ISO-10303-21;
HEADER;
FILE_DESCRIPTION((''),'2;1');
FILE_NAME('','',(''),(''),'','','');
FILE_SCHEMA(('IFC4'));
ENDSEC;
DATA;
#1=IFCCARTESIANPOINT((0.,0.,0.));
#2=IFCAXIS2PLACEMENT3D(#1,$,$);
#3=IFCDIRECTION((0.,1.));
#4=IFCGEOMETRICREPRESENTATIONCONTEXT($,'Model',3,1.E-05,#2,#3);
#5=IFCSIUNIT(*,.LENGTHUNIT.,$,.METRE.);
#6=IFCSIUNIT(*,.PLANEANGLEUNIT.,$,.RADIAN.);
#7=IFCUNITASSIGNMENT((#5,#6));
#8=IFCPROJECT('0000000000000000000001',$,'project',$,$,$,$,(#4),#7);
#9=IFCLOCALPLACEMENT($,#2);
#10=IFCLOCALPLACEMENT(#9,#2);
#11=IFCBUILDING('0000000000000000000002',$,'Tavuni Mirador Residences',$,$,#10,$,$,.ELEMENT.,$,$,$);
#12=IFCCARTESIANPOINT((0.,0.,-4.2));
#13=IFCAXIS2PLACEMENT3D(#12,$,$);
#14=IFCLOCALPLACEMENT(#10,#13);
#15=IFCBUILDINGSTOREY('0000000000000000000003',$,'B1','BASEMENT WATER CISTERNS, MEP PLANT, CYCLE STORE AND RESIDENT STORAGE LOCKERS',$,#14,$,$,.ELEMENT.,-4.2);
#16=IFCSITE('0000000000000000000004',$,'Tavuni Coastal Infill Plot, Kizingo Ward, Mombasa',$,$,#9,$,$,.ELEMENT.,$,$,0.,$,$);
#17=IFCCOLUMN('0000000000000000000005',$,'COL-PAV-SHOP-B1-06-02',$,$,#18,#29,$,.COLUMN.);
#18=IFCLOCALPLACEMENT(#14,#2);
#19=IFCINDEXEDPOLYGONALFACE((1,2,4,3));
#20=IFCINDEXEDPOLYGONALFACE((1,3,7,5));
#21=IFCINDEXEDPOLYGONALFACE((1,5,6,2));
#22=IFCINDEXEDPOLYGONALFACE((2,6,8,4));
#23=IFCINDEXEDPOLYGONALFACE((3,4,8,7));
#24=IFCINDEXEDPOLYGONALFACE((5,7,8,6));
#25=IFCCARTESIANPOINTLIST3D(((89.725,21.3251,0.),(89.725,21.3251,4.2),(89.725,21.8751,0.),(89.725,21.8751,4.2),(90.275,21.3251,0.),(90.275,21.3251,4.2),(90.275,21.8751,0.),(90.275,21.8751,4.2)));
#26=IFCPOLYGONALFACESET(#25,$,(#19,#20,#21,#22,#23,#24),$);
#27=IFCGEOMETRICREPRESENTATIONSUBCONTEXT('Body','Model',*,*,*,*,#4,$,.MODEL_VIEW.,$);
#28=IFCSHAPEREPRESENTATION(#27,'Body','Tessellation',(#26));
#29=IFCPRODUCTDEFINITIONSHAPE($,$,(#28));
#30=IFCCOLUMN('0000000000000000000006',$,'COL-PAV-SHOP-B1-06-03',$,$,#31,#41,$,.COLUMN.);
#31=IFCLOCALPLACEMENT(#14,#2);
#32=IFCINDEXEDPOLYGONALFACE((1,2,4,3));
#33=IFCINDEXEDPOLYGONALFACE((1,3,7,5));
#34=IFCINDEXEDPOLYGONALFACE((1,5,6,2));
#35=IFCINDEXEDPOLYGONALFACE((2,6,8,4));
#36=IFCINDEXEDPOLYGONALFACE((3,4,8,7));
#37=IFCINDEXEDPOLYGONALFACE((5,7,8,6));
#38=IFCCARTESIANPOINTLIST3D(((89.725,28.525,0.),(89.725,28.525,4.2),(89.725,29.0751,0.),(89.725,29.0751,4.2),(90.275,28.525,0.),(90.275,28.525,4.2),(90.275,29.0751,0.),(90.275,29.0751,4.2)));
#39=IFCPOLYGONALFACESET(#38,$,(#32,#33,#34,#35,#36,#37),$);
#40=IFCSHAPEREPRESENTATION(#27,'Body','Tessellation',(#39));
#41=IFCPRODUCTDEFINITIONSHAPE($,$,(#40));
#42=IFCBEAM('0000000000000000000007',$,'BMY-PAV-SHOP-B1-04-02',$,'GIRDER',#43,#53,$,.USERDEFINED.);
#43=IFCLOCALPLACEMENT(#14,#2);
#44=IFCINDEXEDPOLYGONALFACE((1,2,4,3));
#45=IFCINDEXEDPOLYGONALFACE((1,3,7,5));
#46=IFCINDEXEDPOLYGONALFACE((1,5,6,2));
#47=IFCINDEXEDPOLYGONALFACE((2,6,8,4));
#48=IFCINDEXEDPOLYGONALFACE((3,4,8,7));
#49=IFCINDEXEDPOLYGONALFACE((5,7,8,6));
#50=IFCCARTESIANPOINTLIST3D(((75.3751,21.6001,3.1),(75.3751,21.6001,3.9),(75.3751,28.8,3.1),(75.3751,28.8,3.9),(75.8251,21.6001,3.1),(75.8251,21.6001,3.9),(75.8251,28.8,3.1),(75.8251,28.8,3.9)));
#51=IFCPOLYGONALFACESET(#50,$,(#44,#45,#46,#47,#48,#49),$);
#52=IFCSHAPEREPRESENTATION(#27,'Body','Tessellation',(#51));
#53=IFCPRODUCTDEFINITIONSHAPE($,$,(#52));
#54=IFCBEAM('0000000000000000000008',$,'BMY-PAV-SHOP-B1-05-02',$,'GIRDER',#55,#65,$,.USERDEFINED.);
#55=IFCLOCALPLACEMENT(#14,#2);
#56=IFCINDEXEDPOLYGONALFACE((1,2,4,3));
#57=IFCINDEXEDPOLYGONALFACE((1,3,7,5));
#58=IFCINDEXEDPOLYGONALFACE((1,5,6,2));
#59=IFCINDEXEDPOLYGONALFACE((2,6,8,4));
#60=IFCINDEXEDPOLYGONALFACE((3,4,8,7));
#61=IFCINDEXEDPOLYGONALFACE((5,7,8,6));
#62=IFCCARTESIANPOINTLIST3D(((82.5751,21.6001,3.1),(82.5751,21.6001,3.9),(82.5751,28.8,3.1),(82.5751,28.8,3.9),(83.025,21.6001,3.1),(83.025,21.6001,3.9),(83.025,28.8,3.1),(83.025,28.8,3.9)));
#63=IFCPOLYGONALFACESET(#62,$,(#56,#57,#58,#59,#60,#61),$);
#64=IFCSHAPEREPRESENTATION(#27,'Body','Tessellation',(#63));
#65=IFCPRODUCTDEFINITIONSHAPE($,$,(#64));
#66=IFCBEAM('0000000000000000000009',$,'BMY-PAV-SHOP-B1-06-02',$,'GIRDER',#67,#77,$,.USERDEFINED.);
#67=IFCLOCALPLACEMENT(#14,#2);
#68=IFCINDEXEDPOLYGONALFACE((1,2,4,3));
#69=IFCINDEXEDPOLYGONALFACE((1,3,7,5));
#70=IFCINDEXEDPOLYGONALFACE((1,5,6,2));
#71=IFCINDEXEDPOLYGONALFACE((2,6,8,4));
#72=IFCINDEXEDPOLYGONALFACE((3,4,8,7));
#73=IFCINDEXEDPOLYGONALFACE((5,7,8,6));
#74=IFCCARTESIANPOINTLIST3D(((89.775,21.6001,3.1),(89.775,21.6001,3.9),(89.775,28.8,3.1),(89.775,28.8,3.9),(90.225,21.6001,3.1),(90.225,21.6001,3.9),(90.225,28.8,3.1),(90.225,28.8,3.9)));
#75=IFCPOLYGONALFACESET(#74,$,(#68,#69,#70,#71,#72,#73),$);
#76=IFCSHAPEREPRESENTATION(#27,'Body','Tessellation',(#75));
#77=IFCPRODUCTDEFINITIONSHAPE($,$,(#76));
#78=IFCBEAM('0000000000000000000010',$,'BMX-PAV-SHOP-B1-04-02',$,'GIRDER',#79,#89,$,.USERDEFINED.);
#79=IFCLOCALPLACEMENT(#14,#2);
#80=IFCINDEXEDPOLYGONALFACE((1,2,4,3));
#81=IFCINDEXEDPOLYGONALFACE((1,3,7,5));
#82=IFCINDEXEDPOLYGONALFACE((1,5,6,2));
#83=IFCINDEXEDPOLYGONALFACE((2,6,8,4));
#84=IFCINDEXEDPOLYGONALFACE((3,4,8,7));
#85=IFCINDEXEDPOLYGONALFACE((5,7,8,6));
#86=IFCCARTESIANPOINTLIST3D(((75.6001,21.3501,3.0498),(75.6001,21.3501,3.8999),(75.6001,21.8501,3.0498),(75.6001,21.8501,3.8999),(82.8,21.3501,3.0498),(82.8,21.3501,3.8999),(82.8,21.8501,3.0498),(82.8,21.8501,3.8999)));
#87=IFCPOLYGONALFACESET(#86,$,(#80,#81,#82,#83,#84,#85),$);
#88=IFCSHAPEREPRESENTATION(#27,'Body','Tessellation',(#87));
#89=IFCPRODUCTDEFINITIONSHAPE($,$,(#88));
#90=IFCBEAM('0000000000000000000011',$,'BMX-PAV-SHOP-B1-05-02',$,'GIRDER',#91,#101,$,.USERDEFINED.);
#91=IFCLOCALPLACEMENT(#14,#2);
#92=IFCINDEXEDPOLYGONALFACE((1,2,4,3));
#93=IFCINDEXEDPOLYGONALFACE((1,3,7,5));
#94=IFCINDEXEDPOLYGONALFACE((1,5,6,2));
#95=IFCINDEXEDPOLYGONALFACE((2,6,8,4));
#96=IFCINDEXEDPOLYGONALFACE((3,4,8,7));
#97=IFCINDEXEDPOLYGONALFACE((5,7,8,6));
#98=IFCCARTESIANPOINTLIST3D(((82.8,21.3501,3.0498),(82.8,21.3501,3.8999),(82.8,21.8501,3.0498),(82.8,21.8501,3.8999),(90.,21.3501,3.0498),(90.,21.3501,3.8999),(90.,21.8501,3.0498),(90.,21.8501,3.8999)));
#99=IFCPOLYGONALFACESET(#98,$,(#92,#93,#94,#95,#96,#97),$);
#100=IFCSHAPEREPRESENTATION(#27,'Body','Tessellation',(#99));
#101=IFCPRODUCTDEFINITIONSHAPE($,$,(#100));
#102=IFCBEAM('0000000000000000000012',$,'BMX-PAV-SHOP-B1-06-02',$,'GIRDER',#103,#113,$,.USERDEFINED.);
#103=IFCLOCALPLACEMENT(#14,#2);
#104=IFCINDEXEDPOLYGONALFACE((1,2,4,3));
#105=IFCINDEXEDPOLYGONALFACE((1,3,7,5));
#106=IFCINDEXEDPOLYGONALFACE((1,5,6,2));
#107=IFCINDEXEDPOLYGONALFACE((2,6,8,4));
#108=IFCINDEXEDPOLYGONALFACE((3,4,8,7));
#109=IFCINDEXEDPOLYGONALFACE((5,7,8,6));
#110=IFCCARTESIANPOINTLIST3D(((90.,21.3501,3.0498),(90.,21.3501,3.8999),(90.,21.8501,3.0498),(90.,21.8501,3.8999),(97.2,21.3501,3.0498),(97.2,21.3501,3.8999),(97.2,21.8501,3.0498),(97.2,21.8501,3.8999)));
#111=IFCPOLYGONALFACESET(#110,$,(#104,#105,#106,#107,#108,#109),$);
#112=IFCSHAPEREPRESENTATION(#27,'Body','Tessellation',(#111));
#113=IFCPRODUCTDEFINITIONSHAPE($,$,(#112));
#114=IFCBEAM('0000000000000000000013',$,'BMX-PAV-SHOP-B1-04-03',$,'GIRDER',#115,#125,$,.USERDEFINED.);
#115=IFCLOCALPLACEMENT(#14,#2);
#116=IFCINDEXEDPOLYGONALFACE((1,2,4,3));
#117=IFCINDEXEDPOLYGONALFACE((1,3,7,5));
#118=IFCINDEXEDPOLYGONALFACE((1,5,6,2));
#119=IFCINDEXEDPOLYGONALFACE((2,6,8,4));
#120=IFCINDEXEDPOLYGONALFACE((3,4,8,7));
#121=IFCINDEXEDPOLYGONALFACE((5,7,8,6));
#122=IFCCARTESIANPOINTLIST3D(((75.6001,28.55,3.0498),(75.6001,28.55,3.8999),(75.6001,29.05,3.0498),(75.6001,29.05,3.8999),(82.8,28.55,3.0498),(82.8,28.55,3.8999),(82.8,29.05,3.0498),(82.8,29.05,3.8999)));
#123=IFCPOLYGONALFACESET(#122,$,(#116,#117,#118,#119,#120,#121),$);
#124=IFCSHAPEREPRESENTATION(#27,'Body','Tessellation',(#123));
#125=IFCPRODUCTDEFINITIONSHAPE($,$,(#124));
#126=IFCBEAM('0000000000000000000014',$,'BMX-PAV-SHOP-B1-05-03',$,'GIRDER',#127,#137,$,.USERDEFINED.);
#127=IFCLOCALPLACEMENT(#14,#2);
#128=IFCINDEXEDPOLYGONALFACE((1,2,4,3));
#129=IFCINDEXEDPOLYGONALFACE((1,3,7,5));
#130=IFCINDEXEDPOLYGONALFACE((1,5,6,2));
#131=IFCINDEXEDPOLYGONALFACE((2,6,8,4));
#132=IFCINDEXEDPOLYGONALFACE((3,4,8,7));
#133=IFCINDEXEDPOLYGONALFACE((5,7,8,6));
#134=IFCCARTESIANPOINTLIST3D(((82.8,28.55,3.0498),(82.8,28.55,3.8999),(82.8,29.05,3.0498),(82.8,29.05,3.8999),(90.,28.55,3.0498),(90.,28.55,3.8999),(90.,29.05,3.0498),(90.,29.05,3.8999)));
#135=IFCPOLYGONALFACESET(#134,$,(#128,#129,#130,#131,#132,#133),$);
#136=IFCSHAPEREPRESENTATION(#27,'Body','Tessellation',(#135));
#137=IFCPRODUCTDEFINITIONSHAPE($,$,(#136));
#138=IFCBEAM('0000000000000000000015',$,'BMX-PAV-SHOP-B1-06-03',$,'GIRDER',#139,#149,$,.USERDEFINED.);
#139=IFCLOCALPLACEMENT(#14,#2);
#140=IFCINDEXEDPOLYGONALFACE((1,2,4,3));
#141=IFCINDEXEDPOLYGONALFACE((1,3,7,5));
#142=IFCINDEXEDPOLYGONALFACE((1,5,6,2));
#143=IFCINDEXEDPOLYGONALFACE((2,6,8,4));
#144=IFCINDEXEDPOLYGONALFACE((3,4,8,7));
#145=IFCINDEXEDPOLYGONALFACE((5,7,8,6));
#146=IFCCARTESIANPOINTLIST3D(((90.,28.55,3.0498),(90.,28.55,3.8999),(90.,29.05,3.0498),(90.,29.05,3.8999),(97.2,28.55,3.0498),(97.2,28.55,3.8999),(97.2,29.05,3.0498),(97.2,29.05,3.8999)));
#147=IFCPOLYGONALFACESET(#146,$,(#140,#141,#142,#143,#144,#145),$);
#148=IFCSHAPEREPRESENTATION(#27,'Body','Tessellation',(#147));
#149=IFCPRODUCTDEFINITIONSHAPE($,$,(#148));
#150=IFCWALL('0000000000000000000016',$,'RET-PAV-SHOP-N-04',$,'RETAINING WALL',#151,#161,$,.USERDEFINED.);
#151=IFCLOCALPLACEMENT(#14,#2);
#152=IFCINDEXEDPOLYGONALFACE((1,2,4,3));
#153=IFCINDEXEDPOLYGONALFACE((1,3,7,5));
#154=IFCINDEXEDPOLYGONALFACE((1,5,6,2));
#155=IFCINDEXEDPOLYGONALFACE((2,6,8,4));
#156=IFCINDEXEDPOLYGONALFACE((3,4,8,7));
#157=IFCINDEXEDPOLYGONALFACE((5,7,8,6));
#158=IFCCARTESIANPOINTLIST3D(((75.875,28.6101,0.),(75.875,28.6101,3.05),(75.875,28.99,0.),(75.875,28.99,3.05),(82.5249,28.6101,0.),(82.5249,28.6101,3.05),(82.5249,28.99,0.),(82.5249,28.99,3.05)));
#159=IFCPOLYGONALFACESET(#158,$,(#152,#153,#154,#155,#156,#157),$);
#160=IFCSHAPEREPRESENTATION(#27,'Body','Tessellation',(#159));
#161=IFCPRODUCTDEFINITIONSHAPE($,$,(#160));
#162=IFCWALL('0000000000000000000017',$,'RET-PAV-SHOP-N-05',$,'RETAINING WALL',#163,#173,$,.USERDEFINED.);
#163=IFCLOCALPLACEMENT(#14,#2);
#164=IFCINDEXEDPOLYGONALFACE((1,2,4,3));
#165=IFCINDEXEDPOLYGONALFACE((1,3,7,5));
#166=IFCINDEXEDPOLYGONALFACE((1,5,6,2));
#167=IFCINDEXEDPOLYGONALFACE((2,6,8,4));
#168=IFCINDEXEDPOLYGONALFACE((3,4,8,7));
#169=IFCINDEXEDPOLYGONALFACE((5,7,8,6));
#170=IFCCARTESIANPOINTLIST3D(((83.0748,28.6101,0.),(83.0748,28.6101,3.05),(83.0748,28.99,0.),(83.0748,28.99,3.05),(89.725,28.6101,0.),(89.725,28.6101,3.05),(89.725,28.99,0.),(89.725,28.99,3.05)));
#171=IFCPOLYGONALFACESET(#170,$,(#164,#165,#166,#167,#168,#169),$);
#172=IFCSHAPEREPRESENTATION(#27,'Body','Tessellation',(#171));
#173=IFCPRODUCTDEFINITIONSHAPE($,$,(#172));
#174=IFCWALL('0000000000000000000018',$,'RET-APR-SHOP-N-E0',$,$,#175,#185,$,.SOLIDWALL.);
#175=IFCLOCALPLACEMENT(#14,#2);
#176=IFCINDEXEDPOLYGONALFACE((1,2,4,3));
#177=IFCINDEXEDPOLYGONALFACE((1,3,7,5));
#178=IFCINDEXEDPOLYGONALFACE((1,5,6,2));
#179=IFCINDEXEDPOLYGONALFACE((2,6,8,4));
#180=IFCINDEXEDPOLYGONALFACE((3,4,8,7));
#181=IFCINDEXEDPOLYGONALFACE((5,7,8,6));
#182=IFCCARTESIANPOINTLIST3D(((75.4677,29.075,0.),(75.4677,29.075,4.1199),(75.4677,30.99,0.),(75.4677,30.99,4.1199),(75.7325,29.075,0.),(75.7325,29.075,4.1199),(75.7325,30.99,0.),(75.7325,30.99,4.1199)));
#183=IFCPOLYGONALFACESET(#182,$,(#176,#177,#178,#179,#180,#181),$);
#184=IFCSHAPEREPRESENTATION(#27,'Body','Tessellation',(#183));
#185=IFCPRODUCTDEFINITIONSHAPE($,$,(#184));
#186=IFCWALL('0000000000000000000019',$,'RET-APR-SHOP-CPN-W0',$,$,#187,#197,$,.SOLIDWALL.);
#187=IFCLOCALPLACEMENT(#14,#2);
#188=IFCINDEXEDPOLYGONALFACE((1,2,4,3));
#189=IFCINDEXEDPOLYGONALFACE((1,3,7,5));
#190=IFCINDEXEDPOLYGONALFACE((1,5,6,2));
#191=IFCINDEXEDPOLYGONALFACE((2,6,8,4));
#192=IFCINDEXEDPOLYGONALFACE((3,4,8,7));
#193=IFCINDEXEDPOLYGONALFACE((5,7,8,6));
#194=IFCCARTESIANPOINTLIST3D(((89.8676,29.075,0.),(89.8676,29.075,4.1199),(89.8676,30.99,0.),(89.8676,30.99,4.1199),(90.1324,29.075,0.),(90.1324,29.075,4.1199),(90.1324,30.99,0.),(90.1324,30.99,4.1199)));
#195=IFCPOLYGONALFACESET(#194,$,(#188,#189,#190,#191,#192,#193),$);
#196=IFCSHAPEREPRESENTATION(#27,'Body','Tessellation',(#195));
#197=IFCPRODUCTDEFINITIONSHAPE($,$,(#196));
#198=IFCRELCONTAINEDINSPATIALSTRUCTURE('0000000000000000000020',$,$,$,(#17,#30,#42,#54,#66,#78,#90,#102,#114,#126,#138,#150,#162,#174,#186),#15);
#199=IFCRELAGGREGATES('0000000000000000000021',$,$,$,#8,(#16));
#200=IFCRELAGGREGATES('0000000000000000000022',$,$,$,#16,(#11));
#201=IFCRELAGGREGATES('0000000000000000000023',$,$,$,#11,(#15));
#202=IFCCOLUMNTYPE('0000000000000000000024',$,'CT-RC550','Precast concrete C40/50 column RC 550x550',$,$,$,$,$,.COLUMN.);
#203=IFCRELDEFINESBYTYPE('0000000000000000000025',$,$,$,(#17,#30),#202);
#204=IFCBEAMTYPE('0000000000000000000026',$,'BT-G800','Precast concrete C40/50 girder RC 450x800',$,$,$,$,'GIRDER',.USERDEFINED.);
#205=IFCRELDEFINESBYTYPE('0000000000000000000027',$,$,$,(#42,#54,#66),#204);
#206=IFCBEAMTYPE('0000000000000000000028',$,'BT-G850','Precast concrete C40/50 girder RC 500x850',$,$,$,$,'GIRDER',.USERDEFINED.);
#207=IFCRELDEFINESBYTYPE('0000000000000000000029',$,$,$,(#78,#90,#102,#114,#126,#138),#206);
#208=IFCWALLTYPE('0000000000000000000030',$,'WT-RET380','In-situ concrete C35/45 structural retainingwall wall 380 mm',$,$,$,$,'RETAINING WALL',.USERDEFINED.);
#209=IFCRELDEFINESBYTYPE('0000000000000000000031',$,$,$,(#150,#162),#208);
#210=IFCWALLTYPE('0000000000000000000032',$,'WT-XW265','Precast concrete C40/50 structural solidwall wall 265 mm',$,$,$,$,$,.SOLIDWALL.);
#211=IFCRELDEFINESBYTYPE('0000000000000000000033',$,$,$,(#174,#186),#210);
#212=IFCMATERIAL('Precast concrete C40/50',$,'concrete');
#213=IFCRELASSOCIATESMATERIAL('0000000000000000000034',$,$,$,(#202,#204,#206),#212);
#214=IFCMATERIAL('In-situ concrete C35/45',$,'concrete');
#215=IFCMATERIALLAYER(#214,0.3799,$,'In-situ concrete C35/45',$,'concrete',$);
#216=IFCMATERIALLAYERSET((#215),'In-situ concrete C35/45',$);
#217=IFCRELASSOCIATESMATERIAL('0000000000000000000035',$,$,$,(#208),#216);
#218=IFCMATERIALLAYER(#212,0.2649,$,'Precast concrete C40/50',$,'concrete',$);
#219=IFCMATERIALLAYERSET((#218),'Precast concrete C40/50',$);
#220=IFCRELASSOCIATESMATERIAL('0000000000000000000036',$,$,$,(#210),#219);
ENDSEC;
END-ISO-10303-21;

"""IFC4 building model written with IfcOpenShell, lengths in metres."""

from ifc_helpers import new_model, si_unit, direction, frame, frame_2d, origin, origin_2d, place, context, subcontext, project, spatial, rectangle, extrude, material, layer, layer_set, material_profile, profile_set, type_object, element, save


model = new_model("IFC4")

# Units and contexts
model_context = context("Model", 3, precision=1e-05, world=origin(), true_north=direction((0.0, 1.0)))
body_context = subcontext(model_context, "Body", "Model", "MODEL_VIEW")
ifc_project = project(units=[si_unit("LENGTHUNIT", "METRE"), si_unit("PLANEANGLEUNIT", "RADIAN")], contexts=[model_context])

# Site, building, storey
site_placement = place(None, origin())
site = spatial("IfcSite", under=ifc_project, at=site_placement, Name="Tavuni Coastal Infill Plot, Kizingo Ward, Mombasa", CompositionType="ELEMENT", RefElevation=0.0)
building_placement = place(site_placement, origin())
building = spatial("IfcBuilding", under=site, at=building_placement, Name="Tavuni Mirador Residences", CompositionType="ELEMENT")
storey_placement = place(building_placement, frame((0.0, 0.0, -4.2)))
storey = spatial("IfcBuildingStorey", under=building, at=storey_placement, Name="B1", Description="BASEMENT WATER CISTERNS, MEP PLANT, CYCLE STORE AND RESIDENT STORAGE LOCKERS", CompositionType="ELEMENT", Elevation=-4.2)

# Shared definitions
ifc_material_1 = material(Name="In-situ concrete C35/45", Category="concrete")

# Columns
ifc_material_2 = material(Name="Precast concrete C40/50", Category="concrete")
ifc_material_profile_1 = material_profile(ifc_material_2, rectangle(XDim=0.55, YDim=0.55, at=origin_2d()), Name="RC 550x550", Category="concrete")
ifc_profile_set_1 = profile_set([ifc_material_profile_1], Name="Precast concrete C40/50")
column_type_1 = type_object("IfcColumnType", Name="CT-RC550", Description="Precast concrete C40/50 column RC 550x550", PredefinedType="COLUMN", material=ifc_profile_set_1)
for number, where, z_axis, x_axis, name in (
    (1, (90.0, 21.6001, 0.0), (0.0, 0.0, 1.0), (1.0, 0.0, 0.0), "COL-PAV-SHOP-B1-06-02"),
    (2, (90.0, 28.8, 0.0), (0.0, 0.0, 1.0), (1.0, 0.0, 0.0), "COL-PAV-SHOP-B1-06-03"),
):
    element("IfcColumn", number, at=place(storey_placement, frame(where, z_axis=z_axis, x_axis=x_axis)), inside=storey, type_object=column_type_1, Name=name, PredefinedType="COLUMN", context=body_context, shape_type="SweptSolid", body=[
        extrude(rectangle(XDim=0.55, YDim=0.55, at=origin_2d()), origin(), (0.0, 0.0, 1.0), 4.2),
    ])

# Beams
ifc_material_profile_2 = material_profile(ifc_material_2, rectangle(XDim=0.45, YDim=0.8, at=origin_2d()), Name="RC 450x800", Category="concrete")
ifc_profile_set_2 = profile_set([ifc_material_profile_2], Name="Precast concrete C40/50")
beam_type_1 = type_object("IfcBeamType", Name="BT-G800", Description="Precast concrete C40/50 girder RC 450x800", ElementType="GIRDER", PredefinedType="USERDEFINED", material=ifc_profile_set_2)
for number, where, z_axis, x_axis, name in (
    (3, (75.6001, 21.6001, 3.5), (0.0, 1.0, 0.0), (-1.0, 0.0, 0.0), "BMY-PAV-SHOP-B1-04-02"),
    (4, (82.8, 21.6001, 3.5), (0.0, 1.0, 0.0), (-1.0, 0.0, 0.0), "BMY-PAV-SHOP-B1-05-02"),
    (5, (90.0, 21.6001, 3.5), (0.0, 1.0, 0.0), (-1.0, 0.0, 0.0), "BMY-PAV-SHOP-B1-06-02"),
):
    element("IfcBeam", number, at=place(storey_placement, frame(where, z_axis=z_axis, x_axis=x_axis)), inside=storey, type_object=beam_type_1, Name=name, ObjectType="GIRDER", PredefinedType="USERDEFINED", context=body_context, shape_type="SweptSolid", body=[
        extrude(rectangle(XDim=0.45, YDim=0.8, at=origin_2d()), origin(), (0.0, 0.0, 1.0), 7.2),
    ])
ifc_material_profile_3 = material_profile(ifc_material_2, rectangle(XDim=0.5, YDim=0.8501, at=origin_2d()), Name="RC 500x850", Category="concrete")
ifc_profile_set_3 = profile_set([ifc_material_profile_3], Name="Precast concrete C40/50")
beam_type_2 = type_object("IfcBeamType", Name="BT-G850", Description="Precast concrete C40/50 girder RC 500x850", ElementType="GIRDER", PredefinedType="USERDEFINED", material=ifc_profile_set_3)
for number, where, z_axis, x_axis, name in (
    (6, (75.6001, 21.6001, 3.4749), (1.0, 0.0, 0.0), (0.0, 1.0, 0.0), "BMX-PAV-SHOP-B1-04-02"),
    (7, (82.8, 21.6001, 3.4749), (1.0, 0.0, 0.0), (0.0, 1.0, 0.0), "BMX-PAV-SHOP-B1-05-02"),
    (8, (90.0, 21.6001, 3.4749), (1.0, 0.0, 0.0), (0.0, 1.0, 0.0), "BMX-PAV-SHOP-B1-06-02"),
    (9, (75.6001, 28.8, 3.4749), (1.0, 0.0, 0.0), (0.0, 1.0, 0.0), "BMX-PAV-SHOP-B1-04-03"),
    (10, (82.8, 28.8, 3.4749), (1.0, 0.0, 0.0), (0.0, 1.0, 0.0), "BMX-PAV-SHOP-B1-05-03"),
    (11, (90.0, 28.8, 3.4749), (1.0, 0.0, 0.0), (0.0, 1.0, 0.0), "BMX-PAV-SHOP-B1-06-03"),
):
    element("IfcBeam", number, at=place(storey_placement, frame(where, z_axis=z_axis, x_axis=x_axis)), inside=storey, type_object=beam_type_2, Name=name, ObjectType="GIRDER", PredefinedType="USERDEFINED", context=body_context, shape_type="SweptSolid", body=[
        extrude(rectangle(XDim=0.5, YDim=0.8501, at=origin_2d()), origin(), (0.0, 0.0, 1.0), 7.2),
    ])

# Walls
ifc_layer_1 = layer(ifc_material_1, 0.3799, Name="In-situ concrete C35/45", Category="concrete")
ifc_layer_set_1 = layer_set([ifc_layer_1], Name="In-situ concrete C35/45")
wall_type_1 = type_object("IfcWallType", Name="WT-RET380", Description="In-situ concrete C35/45 structural retainingwall wall 380 mm", ElementType="RETAINING WALL", PredefinedType="USERDEFINED", material=ifc_layer_set_1)
wall_1_placement = place(storey_placement, frame((82.5249, 28.8, 0.0), z_axis=(0.0, 0.0, 1.0), x_axis=(-1.0, 0.0, 0.0)))
element("IfcWall", 12, at=wall_1_placement, inside=storey, type_object=wall_type_1, Name="RET-PAV-SHOP-N-04", ObjectType="RETAINING WALL", PredefinedType="USERDEFINED", context=body_context, shape_type="SweptSolid", body=[
    extrude(rectangle(XDim=6.6499, YDim=0.3799, at=frame_2d((3.325, 0.0))), origin(), (0.0, 0.0, 1.0), 3.05),
])
wall_2_placement = place(storey_placement, frame((89.7251, 28.8, 0.0), z_axis=(0.0, 0.0, 1.0), x_axis=(-1.0, 0.0, 0.0)))
element("IfcWall", 13, at=wall_2_placement, inside=storey, type_object=wall_type_1, Name="RET-PAV-SHOP-N-05", ObjectType="RETAINING WALL", PredefinedType="USERDEFINED", context=body_context, shape_type="SweptSolid", body=[
    extrude(rectangle(XDim=6.6501, YDim=0.3799, at=frame_2d((3.3252, 0.0))), origin(), (0.0, 0.0, 1.0), 3.05),
])
ifc_layer_2 = layer(ifc_material_2, 0.2649, Name="Precast concrete C40/50", Category="concrete")
ifc_layer_set_2 = layer_set([ifc_layer_2], Name="Precast concrete C40/50")
wall_type_2 = type_object("IfcWallType", Name="WT-XW265", Description="Precast concrete C40/50 structural solidwall wall 265 mm", PredefinedType="SOLIDWALL", material=ifc_layer_set_2)
for number, where, z_axis, x_axis, name in (
    (14, (75.6001, 29.075, 0.0), (0.0, 0.0, 1.0), (0.0, 1.0, 0.0), "RET-APR-SHOP-N-E0"),
    (15, (90.0, 30.99, 0.0), (0.0, 0.0, 1.0), (0.0, -1.0, 0.0), "RET-APR-SHOP-CPN-W0"),
):
    element("IfcWall", number, at=place(storey_placement, frame(where, z_axis=z_axis, x_axis=x_axis)), inside=storey, type_object=wall_type_2, Name=name, PredefinedType="SOLIDWALL", context=body_context, shape_type="SweptSolid", body=[
        extrude(rectangle(XDim=1.915, YDim=0.2649, at=frame_2d((0.9575, 0.0))), origin(), (0.0, 0.0, 1.0), 4.1199),
    ])

save(model, "model.ifc")
